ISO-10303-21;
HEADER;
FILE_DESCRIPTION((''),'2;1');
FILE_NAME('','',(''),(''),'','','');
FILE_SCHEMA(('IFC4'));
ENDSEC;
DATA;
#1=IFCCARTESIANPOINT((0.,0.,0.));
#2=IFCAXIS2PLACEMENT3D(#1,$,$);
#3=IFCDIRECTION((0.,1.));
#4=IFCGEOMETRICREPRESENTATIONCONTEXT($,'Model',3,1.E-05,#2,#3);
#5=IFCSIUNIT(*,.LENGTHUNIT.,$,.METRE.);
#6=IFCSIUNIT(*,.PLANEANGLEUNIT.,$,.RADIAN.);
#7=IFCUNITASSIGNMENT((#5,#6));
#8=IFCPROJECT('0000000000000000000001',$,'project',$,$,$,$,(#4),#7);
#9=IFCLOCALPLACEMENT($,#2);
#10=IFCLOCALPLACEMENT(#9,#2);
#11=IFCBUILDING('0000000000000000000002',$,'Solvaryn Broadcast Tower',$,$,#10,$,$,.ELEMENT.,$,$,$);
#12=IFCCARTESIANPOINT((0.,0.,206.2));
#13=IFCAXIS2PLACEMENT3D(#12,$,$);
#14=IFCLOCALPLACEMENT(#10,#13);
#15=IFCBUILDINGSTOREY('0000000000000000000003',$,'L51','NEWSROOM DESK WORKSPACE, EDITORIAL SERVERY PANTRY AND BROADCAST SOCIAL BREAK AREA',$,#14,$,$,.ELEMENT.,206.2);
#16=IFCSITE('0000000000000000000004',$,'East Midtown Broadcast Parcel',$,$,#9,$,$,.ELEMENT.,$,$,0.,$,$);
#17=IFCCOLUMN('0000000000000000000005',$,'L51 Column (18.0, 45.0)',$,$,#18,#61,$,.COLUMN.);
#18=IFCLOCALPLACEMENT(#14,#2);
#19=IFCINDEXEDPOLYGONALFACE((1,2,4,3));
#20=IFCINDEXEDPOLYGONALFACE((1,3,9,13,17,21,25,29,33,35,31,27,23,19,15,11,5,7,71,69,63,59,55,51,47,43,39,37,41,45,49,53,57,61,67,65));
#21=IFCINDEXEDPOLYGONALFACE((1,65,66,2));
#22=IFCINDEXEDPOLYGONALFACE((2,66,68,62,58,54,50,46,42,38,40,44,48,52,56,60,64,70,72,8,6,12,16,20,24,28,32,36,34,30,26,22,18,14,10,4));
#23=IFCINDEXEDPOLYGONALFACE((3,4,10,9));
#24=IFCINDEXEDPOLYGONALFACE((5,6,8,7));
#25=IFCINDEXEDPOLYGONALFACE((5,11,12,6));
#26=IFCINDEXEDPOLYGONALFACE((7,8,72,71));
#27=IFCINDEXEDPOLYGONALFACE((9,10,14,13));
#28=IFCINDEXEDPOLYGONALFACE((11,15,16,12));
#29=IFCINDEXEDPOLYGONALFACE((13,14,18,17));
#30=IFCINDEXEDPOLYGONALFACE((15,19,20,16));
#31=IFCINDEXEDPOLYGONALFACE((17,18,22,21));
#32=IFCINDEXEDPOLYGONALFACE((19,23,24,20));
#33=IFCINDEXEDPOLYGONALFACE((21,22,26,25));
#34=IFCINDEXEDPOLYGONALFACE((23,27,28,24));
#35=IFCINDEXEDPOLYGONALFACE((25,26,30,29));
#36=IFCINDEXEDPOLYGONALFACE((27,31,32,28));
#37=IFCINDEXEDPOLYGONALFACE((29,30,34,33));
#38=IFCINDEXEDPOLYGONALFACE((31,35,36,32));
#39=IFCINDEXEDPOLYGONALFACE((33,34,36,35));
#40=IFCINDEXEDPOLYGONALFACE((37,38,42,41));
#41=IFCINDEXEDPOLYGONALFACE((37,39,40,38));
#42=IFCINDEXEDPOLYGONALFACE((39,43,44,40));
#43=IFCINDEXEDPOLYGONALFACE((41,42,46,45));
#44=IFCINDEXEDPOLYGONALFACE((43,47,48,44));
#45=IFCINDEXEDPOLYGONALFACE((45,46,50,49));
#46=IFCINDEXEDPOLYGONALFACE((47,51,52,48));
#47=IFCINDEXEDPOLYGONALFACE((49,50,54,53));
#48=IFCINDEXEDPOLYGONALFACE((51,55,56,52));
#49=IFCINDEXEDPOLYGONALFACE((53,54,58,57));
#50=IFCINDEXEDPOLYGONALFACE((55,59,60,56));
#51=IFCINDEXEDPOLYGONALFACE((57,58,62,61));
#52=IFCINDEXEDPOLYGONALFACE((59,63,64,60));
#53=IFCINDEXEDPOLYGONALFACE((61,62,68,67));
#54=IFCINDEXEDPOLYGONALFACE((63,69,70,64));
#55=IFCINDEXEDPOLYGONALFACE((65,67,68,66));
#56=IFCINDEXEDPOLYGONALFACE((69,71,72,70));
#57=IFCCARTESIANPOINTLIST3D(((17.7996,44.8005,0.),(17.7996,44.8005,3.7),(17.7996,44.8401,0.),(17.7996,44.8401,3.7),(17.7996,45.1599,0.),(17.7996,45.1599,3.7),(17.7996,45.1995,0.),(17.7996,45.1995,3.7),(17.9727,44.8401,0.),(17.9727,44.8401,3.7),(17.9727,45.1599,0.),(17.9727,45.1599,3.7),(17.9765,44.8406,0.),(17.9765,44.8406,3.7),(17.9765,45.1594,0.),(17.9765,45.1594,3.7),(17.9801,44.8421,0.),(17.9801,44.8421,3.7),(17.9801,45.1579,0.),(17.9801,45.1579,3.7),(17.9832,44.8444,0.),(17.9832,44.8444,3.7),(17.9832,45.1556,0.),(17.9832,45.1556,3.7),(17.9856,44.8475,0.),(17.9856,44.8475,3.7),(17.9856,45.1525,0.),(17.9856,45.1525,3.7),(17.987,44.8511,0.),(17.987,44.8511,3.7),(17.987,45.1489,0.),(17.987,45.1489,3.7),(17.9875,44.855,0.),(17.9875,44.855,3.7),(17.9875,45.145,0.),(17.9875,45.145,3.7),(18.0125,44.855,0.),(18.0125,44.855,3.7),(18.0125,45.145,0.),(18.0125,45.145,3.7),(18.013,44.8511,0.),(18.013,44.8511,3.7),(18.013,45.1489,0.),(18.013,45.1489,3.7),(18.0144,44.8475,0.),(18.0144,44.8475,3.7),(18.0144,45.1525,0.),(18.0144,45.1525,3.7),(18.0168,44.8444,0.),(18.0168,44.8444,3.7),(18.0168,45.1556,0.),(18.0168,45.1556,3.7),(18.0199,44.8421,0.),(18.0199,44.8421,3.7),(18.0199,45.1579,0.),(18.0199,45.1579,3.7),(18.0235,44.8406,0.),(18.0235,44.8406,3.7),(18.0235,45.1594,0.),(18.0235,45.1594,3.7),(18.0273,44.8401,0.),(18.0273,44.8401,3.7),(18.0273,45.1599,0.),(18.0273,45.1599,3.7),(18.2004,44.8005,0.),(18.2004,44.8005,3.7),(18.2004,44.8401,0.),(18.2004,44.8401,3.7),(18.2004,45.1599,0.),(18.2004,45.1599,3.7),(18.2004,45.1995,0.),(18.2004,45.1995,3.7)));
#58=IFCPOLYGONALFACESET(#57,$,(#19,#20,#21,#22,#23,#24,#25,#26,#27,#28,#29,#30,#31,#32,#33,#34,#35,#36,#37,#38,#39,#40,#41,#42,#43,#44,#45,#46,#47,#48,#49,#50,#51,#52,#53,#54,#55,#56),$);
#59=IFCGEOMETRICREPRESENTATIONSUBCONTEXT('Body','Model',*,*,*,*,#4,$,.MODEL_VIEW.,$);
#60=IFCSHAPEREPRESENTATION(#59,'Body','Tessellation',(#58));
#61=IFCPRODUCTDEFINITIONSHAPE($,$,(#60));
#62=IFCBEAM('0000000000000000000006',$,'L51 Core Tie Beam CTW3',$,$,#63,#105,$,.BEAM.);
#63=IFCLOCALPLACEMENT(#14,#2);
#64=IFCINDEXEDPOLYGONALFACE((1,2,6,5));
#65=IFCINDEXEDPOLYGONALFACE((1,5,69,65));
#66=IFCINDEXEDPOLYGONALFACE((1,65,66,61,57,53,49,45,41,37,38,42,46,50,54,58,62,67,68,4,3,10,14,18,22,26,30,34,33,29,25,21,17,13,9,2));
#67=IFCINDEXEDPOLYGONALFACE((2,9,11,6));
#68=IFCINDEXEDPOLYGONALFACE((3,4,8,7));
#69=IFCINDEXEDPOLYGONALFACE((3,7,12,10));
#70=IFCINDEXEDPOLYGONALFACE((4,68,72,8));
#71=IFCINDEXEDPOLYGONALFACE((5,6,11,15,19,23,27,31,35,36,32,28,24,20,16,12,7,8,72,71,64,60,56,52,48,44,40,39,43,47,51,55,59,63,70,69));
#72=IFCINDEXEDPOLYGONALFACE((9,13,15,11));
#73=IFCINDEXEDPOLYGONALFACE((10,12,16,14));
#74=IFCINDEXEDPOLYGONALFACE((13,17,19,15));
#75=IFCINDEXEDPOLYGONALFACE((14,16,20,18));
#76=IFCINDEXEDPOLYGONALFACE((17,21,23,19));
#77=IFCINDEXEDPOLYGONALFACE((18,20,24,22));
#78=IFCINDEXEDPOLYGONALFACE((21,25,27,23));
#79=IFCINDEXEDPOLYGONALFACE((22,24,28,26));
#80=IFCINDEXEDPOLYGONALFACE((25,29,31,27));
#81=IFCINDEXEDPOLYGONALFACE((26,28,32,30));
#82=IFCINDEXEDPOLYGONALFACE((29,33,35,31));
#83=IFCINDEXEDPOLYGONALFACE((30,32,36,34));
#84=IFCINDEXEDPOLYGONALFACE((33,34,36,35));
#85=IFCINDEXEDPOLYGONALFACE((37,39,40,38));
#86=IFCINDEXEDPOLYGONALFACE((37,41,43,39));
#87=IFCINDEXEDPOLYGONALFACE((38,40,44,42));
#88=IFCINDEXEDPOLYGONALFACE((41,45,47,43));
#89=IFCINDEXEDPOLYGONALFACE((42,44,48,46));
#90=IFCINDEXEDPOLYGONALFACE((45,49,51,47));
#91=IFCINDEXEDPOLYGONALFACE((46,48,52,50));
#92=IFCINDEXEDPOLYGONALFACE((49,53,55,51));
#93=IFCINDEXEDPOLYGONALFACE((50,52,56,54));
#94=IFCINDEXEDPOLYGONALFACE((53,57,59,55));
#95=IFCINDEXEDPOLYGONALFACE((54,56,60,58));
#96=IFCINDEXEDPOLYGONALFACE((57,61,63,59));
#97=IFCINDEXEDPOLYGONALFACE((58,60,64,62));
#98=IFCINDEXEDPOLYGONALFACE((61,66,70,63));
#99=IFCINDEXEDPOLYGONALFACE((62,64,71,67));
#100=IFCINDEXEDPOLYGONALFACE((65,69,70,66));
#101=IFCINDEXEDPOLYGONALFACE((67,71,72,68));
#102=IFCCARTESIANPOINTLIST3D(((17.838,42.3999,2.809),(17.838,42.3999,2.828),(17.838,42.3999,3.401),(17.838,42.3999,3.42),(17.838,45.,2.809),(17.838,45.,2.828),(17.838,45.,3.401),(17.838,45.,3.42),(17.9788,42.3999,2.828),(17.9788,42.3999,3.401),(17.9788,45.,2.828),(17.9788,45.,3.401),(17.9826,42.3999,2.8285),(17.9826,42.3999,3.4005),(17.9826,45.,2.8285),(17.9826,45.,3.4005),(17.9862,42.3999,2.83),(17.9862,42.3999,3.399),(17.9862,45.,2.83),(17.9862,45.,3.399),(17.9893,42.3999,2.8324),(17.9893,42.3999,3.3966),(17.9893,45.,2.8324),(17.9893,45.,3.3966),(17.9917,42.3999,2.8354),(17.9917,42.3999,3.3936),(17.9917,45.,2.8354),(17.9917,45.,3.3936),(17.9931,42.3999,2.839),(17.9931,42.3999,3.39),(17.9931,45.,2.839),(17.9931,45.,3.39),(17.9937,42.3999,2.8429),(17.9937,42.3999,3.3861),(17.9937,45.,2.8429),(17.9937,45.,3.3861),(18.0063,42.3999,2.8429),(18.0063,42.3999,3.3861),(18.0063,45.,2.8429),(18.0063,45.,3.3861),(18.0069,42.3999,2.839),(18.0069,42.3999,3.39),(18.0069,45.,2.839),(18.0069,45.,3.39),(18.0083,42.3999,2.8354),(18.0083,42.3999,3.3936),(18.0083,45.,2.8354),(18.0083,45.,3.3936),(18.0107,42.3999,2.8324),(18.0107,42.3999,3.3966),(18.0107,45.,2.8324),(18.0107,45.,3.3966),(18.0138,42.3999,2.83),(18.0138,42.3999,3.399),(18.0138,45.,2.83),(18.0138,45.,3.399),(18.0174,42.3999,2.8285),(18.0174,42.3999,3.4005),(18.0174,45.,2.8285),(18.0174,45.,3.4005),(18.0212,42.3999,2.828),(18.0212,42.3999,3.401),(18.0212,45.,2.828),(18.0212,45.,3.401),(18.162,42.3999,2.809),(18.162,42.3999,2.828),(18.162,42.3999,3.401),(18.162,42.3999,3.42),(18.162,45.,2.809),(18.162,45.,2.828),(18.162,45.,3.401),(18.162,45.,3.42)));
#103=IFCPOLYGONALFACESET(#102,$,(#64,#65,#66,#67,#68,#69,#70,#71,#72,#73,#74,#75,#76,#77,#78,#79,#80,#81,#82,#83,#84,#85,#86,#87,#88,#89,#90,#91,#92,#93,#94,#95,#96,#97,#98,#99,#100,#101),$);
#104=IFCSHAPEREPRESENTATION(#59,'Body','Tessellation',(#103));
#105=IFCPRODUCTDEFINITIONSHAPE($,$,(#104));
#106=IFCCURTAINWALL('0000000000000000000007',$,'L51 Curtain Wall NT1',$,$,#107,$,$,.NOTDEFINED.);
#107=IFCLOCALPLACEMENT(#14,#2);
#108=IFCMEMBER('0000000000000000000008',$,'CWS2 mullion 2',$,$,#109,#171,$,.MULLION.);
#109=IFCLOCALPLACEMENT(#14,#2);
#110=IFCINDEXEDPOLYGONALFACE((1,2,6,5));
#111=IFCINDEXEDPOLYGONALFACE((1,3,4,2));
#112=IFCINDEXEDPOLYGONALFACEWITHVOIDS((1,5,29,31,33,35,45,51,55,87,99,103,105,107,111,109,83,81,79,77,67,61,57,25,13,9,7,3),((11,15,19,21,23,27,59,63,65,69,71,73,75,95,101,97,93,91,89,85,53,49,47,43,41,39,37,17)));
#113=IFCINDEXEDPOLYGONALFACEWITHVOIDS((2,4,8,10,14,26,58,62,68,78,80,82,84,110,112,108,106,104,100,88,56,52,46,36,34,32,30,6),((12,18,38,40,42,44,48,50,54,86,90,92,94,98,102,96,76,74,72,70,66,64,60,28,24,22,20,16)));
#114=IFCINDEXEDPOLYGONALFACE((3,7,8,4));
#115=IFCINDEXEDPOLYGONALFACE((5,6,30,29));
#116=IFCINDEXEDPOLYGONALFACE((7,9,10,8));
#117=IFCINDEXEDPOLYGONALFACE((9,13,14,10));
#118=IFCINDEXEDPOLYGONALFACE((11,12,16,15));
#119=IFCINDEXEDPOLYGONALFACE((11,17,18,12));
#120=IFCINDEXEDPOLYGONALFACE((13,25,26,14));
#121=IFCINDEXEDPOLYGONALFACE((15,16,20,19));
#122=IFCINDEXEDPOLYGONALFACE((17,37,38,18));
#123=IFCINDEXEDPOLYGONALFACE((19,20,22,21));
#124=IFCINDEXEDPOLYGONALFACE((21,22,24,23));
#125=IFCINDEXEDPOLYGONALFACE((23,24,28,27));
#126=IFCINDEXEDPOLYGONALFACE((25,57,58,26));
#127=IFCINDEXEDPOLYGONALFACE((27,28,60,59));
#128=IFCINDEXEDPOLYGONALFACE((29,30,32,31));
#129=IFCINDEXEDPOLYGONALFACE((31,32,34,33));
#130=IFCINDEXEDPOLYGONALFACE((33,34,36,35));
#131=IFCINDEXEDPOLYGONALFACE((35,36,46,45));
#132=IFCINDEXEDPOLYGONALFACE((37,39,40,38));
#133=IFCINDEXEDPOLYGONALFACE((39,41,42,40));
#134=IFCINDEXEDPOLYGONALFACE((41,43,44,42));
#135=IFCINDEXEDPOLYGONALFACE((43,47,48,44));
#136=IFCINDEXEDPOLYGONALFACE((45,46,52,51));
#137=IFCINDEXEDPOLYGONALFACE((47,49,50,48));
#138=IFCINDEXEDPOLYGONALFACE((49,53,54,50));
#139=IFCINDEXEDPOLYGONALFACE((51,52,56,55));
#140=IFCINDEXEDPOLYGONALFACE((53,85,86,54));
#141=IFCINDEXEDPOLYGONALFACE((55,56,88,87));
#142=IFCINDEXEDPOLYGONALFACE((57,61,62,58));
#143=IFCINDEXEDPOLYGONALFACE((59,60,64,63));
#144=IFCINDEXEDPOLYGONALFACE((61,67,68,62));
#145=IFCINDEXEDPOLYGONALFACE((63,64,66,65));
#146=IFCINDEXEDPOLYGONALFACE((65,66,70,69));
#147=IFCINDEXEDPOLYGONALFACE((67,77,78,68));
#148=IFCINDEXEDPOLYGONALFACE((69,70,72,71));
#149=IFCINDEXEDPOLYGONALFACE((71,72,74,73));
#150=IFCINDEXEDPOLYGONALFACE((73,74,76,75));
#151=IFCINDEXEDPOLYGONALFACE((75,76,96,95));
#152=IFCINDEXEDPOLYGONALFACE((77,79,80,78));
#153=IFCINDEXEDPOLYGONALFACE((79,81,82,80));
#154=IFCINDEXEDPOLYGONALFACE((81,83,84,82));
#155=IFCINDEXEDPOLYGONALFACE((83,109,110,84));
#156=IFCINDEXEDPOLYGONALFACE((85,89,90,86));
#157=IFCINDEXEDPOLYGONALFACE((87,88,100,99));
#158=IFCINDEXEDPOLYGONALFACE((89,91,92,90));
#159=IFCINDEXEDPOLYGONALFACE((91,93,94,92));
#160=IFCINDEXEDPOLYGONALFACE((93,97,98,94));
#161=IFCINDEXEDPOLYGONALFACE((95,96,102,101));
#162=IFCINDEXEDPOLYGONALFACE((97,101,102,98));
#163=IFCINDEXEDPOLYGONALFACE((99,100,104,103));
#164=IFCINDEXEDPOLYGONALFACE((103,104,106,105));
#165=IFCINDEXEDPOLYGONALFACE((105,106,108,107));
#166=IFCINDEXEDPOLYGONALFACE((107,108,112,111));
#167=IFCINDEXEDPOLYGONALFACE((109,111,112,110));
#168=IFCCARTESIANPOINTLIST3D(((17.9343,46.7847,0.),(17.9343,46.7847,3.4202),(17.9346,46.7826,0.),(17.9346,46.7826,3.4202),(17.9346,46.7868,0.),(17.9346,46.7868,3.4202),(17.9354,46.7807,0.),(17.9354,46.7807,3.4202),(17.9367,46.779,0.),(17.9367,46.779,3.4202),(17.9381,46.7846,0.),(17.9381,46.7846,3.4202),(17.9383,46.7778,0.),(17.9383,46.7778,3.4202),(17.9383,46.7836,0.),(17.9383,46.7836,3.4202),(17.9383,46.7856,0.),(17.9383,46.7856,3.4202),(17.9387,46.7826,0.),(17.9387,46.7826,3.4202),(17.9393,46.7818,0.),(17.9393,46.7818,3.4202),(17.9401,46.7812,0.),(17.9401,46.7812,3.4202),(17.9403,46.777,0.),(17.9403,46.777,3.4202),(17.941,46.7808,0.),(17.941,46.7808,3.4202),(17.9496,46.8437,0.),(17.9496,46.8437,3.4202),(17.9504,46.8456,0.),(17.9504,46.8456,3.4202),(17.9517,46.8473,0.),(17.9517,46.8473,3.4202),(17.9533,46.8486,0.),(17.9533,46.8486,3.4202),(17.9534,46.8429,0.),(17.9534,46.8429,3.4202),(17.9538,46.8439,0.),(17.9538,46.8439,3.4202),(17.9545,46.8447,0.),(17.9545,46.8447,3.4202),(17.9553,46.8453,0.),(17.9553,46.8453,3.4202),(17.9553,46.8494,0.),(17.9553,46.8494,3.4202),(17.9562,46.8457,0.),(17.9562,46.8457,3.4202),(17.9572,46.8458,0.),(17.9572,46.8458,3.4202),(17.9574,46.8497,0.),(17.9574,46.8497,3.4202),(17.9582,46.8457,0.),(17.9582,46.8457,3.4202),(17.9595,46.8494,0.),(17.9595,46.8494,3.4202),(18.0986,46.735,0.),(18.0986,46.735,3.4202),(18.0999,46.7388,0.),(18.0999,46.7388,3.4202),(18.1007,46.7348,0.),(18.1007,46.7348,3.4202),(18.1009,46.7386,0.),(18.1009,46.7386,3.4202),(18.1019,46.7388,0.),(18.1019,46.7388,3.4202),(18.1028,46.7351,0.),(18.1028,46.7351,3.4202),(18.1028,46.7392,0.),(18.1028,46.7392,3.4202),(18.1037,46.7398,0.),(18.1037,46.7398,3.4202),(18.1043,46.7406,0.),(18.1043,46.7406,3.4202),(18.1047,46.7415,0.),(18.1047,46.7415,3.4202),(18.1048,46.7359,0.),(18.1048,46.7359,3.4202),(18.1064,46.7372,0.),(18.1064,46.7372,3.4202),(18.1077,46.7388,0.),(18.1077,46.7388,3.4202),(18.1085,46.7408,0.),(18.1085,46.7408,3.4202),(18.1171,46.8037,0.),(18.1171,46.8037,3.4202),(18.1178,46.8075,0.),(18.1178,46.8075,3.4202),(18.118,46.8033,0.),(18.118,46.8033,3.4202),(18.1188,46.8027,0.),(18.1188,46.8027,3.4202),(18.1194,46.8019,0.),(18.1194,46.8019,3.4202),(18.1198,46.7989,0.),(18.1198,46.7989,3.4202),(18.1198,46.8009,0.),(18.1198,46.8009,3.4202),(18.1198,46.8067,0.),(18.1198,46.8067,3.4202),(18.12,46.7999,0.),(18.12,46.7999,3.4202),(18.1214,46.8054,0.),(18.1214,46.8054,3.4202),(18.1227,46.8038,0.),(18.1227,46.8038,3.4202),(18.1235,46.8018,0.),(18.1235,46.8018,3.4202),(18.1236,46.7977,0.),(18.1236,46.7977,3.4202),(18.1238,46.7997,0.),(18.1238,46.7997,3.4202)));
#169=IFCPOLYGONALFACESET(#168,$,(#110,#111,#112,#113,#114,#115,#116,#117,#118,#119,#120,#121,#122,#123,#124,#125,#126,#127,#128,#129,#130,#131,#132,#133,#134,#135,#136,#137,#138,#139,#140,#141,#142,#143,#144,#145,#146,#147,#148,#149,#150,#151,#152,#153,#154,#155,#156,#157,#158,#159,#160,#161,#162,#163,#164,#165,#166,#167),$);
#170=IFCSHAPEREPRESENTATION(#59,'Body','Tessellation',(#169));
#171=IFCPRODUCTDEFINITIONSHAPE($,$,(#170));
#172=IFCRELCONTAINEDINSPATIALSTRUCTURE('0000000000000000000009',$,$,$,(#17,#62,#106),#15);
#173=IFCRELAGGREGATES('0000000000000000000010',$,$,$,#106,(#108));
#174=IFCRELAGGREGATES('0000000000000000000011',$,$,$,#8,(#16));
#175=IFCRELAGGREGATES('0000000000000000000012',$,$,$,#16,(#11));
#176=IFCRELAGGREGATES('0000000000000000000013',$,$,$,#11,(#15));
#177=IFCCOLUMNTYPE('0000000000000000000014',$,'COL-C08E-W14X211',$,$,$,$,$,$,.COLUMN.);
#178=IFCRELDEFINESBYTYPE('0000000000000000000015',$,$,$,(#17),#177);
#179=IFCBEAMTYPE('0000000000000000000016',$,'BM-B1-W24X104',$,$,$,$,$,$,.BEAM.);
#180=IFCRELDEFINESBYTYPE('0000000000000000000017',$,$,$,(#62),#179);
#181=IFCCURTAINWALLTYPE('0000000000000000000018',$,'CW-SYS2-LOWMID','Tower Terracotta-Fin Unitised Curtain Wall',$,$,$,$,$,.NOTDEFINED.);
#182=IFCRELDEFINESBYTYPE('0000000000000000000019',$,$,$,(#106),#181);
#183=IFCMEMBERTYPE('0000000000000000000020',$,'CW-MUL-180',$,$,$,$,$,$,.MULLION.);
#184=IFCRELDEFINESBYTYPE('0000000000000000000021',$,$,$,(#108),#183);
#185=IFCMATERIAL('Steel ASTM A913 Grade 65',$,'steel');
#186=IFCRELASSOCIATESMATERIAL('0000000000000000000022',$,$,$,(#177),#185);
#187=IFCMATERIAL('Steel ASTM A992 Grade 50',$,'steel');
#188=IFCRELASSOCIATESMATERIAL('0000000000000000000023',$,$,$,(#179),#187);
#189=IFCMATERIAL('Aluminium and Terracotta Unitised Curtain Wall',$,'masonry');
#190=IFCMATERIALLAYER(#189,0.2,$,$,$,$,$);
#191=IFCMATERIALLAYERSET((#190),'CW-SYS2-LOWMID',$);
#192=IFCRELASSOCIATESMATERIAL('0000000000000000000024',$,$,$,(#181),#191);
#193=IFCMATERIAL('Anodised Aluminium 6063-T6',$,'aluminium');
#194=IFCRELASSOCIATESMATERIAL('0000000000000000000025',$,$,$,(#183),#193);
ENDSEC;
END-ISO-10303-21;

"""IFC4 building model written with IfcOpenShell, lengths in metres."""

from ifc_helpers import new_model, si_unit, direction, frame, origin, origin_2d, place, context, subcontext, project, spatial, hollow_rectangle, i_section, extrude, material, layer, layer_set, material_profile, profile_set, type_object, element, aggregate, save


model = new_model("IFC4")

# Units and contexts
model_context = context("Model", 3, precision=1e-05, world=origin(), true_north=direction((0.0, 1.0)))
body_context = subcontext(model_context, "Body", "Model", "MODEL_VIEW")
ifc_project = project(units=[si_unit("LENGTHUNIT", "METRE"), si_unit("PLANEANGLEUNIT", "RADIAN")], contexts=[model_context])

# Site, building, storey
site_placement = place(None, origin())
site = spatial("IfcSite", under=ifc_project, at=site_placement, Name="East Midtown Broadcast Parcel", CompositionType="ELEMENT", RefElevation=0.0)
building_placement = place(site_placement, origin())
building = spatial("IfcBuilding", under=site, at=building_placement, Name="Solvaryn Broadcast Tower", CompositionType="ELEMENT")
storey_placement = place(building_placement, frame((0.0, 0.0, 206.2)))
storey = spatial("IfcBuildingStorey", under=building, at=storey_placement, Name="L51", Description="NEWSROOM DESK WORKSPACE, EDITORIAL SERVERY PANTRY AND BROADCAST SOCIAL BREAK AREA", CompositionType="ELEMENT", Elevation=206.2)

# Column
ifc_material_1 = material(Name="Steel ASTM A913 Grade 65", Category="steel")
ifc_material_profile_1 = material_profile(ifc_material_1, i_section(OverallWidth=0.4009, OverallDepth=0.3989, WebThickness=0.0249, FlangeThickness=0.0396, FilletRadius=0.0149, at=origin_2d()))
ifc_profile_set_1 = profile_set([ifc_material_profile_1], Name="Steel ASTM A913 Grade 65")
column_type = type_object("IfcColumnType", Name="COL-C08E-W14X211", PredefinedType="COLUMN", material=ifc_profile_set_1)
column_placement = place(storey_placement, frame((18.0, 45.0, 0.0), z_axis=(0.0, 0.0, 1.0), x_axis=(1.0, 0.0, 0.0)))
element("IfcColumn", 1, at=column_placement, inside=storey, type_object=column_type, Name="L51 Column (18.0, 45.0)", PredefinedType="COLUMN", context=body_context, shape_type="SweptSolid", body=[
    extrude(i_section(OverallWidth=0.4009, OverallDepth=0.3989, WebThickness=0.0249, FlangeThickness=0.0396, FilletRadius=0.0149, at=origin_2d()), origin(), (0.0, 0.0, 1.0), 3.7),
])

# Beam
ifc_material_2 = material(Name="Steel ASTM A992 Grade 50", Category="steel")
ifc_material_profile_2 = material_profile(ifc_material_2, i_section(OverallWidth=0.324, OverallDepth=0.6111, WebThickness=0.0127, FlangeThickness=0.019, FilletRadius=0.0149, at=origin_2d()))
ifc_profile_set_2 = profile_set([ifc_material_profile_2], Name="Steel ASTM A992 Grade 50")
beam_type = type_object("IfcBeamType", Name="BM-B1-W24X104", PredefinedType="BEAM", material=ifc_profile_set_2)
beam_placement = place(storey_placement, frame((18.0, 42.3999, 3.1145), z_axis=(0.0, 1.0, 0.0), x_axis=(-1.0, 0.0, 0.0)))
element("IfcBeam", 2, at=beam_placement, inside=storey, type_object=beam_type, Name="L51 Core Tie Beam CTW3", PredefinedType="BEAM", context=body_context, shape_type="SweptSolid", body=[
    extrude(i_section(OverallWidth=0.324, OverallDepth=0.6111, WebThickness=0.0127, FlangeThickness=0.019, FilletRadius=0.0149, at=origin_2d()), origin(), (0.0, 0.0, 1.0), 2.6001),
])

# Curtain wall, member
ifc_material_3 = material(Name="Aluminium and Terracotta Unitised Curtain Wall", Category="masonry")
ifc_layer_1 = layer(ifc_material_3, 0.2)
ifc_layer_set_1 = layer_set([ifc_layer_1], Name="CW-SYS2-LOWMID")
curtain_wall_type = type_object("IfcCurtainWallType", Name="CW-SYS2-LOWMID", Description="Tower Terracotta-Fin Unitised Curtain Wall", PredefinedType="NOTDEFINED", material=ifc_layer_set_1)
curtain_wall_1_placement = place(storey_placement, origin())
curtain_wall_1 = element("IfcCurtainWall", 3, at=curtain_wall_1_placement, inside=storey, type_object=curtain_wall_type, Name="L51 Curtain Wall NT1", PredefinedType="NOTDEFINED")
ifc_material_4 = material(Name="Anodised Aluminium 6063-T6", Category="aluminium")
ifc_material_profile_3 = material_profile(ifc_material_4, hollow_rectangle(XDim=0.075, YDim=0.1799, WallThickness=0.0039, InnerFilletRadius=0.0039, OuterFilletRadius=0.0081, at=origin_2d()))
ifc_profile_set_3 = profile_set([ifc_material_profile_3], Name="Anodised Aluminium 6063-T6")
member_type_1 = type_object("IfcMemberType", Name="CW-MUL-180", PredefinedType="MULLION", material=ifc_profile_set_3)
member_1_placement = place(storey_placement, frame((18.0291, 46.7922, 0.0), z_axis=(0.0, 0.0, 1.0), x_axis=(-0.255893, -0.966705, 0.0)))
member_1 = element("IfcMember", 4, at=member_1_placement, type_object=member_type_1, Name="CWS2 mullion 2", PredefinedType="MULLION", context=body_context, shape_type="SweptSolid", body=[
    extrude(hollow_rectangle(XDim=0.075, YDim=0.1799, WallThickness=0.0039, InnerFilletRadius=0.0039, OuterFilletRadius=0.0081, at=origin_2d()), origin(), (0.0, 0.0, 1.0), 3.4202),
])

aggregate(curtain_wall_1, [member_1])

save(model, "model.ifc")
